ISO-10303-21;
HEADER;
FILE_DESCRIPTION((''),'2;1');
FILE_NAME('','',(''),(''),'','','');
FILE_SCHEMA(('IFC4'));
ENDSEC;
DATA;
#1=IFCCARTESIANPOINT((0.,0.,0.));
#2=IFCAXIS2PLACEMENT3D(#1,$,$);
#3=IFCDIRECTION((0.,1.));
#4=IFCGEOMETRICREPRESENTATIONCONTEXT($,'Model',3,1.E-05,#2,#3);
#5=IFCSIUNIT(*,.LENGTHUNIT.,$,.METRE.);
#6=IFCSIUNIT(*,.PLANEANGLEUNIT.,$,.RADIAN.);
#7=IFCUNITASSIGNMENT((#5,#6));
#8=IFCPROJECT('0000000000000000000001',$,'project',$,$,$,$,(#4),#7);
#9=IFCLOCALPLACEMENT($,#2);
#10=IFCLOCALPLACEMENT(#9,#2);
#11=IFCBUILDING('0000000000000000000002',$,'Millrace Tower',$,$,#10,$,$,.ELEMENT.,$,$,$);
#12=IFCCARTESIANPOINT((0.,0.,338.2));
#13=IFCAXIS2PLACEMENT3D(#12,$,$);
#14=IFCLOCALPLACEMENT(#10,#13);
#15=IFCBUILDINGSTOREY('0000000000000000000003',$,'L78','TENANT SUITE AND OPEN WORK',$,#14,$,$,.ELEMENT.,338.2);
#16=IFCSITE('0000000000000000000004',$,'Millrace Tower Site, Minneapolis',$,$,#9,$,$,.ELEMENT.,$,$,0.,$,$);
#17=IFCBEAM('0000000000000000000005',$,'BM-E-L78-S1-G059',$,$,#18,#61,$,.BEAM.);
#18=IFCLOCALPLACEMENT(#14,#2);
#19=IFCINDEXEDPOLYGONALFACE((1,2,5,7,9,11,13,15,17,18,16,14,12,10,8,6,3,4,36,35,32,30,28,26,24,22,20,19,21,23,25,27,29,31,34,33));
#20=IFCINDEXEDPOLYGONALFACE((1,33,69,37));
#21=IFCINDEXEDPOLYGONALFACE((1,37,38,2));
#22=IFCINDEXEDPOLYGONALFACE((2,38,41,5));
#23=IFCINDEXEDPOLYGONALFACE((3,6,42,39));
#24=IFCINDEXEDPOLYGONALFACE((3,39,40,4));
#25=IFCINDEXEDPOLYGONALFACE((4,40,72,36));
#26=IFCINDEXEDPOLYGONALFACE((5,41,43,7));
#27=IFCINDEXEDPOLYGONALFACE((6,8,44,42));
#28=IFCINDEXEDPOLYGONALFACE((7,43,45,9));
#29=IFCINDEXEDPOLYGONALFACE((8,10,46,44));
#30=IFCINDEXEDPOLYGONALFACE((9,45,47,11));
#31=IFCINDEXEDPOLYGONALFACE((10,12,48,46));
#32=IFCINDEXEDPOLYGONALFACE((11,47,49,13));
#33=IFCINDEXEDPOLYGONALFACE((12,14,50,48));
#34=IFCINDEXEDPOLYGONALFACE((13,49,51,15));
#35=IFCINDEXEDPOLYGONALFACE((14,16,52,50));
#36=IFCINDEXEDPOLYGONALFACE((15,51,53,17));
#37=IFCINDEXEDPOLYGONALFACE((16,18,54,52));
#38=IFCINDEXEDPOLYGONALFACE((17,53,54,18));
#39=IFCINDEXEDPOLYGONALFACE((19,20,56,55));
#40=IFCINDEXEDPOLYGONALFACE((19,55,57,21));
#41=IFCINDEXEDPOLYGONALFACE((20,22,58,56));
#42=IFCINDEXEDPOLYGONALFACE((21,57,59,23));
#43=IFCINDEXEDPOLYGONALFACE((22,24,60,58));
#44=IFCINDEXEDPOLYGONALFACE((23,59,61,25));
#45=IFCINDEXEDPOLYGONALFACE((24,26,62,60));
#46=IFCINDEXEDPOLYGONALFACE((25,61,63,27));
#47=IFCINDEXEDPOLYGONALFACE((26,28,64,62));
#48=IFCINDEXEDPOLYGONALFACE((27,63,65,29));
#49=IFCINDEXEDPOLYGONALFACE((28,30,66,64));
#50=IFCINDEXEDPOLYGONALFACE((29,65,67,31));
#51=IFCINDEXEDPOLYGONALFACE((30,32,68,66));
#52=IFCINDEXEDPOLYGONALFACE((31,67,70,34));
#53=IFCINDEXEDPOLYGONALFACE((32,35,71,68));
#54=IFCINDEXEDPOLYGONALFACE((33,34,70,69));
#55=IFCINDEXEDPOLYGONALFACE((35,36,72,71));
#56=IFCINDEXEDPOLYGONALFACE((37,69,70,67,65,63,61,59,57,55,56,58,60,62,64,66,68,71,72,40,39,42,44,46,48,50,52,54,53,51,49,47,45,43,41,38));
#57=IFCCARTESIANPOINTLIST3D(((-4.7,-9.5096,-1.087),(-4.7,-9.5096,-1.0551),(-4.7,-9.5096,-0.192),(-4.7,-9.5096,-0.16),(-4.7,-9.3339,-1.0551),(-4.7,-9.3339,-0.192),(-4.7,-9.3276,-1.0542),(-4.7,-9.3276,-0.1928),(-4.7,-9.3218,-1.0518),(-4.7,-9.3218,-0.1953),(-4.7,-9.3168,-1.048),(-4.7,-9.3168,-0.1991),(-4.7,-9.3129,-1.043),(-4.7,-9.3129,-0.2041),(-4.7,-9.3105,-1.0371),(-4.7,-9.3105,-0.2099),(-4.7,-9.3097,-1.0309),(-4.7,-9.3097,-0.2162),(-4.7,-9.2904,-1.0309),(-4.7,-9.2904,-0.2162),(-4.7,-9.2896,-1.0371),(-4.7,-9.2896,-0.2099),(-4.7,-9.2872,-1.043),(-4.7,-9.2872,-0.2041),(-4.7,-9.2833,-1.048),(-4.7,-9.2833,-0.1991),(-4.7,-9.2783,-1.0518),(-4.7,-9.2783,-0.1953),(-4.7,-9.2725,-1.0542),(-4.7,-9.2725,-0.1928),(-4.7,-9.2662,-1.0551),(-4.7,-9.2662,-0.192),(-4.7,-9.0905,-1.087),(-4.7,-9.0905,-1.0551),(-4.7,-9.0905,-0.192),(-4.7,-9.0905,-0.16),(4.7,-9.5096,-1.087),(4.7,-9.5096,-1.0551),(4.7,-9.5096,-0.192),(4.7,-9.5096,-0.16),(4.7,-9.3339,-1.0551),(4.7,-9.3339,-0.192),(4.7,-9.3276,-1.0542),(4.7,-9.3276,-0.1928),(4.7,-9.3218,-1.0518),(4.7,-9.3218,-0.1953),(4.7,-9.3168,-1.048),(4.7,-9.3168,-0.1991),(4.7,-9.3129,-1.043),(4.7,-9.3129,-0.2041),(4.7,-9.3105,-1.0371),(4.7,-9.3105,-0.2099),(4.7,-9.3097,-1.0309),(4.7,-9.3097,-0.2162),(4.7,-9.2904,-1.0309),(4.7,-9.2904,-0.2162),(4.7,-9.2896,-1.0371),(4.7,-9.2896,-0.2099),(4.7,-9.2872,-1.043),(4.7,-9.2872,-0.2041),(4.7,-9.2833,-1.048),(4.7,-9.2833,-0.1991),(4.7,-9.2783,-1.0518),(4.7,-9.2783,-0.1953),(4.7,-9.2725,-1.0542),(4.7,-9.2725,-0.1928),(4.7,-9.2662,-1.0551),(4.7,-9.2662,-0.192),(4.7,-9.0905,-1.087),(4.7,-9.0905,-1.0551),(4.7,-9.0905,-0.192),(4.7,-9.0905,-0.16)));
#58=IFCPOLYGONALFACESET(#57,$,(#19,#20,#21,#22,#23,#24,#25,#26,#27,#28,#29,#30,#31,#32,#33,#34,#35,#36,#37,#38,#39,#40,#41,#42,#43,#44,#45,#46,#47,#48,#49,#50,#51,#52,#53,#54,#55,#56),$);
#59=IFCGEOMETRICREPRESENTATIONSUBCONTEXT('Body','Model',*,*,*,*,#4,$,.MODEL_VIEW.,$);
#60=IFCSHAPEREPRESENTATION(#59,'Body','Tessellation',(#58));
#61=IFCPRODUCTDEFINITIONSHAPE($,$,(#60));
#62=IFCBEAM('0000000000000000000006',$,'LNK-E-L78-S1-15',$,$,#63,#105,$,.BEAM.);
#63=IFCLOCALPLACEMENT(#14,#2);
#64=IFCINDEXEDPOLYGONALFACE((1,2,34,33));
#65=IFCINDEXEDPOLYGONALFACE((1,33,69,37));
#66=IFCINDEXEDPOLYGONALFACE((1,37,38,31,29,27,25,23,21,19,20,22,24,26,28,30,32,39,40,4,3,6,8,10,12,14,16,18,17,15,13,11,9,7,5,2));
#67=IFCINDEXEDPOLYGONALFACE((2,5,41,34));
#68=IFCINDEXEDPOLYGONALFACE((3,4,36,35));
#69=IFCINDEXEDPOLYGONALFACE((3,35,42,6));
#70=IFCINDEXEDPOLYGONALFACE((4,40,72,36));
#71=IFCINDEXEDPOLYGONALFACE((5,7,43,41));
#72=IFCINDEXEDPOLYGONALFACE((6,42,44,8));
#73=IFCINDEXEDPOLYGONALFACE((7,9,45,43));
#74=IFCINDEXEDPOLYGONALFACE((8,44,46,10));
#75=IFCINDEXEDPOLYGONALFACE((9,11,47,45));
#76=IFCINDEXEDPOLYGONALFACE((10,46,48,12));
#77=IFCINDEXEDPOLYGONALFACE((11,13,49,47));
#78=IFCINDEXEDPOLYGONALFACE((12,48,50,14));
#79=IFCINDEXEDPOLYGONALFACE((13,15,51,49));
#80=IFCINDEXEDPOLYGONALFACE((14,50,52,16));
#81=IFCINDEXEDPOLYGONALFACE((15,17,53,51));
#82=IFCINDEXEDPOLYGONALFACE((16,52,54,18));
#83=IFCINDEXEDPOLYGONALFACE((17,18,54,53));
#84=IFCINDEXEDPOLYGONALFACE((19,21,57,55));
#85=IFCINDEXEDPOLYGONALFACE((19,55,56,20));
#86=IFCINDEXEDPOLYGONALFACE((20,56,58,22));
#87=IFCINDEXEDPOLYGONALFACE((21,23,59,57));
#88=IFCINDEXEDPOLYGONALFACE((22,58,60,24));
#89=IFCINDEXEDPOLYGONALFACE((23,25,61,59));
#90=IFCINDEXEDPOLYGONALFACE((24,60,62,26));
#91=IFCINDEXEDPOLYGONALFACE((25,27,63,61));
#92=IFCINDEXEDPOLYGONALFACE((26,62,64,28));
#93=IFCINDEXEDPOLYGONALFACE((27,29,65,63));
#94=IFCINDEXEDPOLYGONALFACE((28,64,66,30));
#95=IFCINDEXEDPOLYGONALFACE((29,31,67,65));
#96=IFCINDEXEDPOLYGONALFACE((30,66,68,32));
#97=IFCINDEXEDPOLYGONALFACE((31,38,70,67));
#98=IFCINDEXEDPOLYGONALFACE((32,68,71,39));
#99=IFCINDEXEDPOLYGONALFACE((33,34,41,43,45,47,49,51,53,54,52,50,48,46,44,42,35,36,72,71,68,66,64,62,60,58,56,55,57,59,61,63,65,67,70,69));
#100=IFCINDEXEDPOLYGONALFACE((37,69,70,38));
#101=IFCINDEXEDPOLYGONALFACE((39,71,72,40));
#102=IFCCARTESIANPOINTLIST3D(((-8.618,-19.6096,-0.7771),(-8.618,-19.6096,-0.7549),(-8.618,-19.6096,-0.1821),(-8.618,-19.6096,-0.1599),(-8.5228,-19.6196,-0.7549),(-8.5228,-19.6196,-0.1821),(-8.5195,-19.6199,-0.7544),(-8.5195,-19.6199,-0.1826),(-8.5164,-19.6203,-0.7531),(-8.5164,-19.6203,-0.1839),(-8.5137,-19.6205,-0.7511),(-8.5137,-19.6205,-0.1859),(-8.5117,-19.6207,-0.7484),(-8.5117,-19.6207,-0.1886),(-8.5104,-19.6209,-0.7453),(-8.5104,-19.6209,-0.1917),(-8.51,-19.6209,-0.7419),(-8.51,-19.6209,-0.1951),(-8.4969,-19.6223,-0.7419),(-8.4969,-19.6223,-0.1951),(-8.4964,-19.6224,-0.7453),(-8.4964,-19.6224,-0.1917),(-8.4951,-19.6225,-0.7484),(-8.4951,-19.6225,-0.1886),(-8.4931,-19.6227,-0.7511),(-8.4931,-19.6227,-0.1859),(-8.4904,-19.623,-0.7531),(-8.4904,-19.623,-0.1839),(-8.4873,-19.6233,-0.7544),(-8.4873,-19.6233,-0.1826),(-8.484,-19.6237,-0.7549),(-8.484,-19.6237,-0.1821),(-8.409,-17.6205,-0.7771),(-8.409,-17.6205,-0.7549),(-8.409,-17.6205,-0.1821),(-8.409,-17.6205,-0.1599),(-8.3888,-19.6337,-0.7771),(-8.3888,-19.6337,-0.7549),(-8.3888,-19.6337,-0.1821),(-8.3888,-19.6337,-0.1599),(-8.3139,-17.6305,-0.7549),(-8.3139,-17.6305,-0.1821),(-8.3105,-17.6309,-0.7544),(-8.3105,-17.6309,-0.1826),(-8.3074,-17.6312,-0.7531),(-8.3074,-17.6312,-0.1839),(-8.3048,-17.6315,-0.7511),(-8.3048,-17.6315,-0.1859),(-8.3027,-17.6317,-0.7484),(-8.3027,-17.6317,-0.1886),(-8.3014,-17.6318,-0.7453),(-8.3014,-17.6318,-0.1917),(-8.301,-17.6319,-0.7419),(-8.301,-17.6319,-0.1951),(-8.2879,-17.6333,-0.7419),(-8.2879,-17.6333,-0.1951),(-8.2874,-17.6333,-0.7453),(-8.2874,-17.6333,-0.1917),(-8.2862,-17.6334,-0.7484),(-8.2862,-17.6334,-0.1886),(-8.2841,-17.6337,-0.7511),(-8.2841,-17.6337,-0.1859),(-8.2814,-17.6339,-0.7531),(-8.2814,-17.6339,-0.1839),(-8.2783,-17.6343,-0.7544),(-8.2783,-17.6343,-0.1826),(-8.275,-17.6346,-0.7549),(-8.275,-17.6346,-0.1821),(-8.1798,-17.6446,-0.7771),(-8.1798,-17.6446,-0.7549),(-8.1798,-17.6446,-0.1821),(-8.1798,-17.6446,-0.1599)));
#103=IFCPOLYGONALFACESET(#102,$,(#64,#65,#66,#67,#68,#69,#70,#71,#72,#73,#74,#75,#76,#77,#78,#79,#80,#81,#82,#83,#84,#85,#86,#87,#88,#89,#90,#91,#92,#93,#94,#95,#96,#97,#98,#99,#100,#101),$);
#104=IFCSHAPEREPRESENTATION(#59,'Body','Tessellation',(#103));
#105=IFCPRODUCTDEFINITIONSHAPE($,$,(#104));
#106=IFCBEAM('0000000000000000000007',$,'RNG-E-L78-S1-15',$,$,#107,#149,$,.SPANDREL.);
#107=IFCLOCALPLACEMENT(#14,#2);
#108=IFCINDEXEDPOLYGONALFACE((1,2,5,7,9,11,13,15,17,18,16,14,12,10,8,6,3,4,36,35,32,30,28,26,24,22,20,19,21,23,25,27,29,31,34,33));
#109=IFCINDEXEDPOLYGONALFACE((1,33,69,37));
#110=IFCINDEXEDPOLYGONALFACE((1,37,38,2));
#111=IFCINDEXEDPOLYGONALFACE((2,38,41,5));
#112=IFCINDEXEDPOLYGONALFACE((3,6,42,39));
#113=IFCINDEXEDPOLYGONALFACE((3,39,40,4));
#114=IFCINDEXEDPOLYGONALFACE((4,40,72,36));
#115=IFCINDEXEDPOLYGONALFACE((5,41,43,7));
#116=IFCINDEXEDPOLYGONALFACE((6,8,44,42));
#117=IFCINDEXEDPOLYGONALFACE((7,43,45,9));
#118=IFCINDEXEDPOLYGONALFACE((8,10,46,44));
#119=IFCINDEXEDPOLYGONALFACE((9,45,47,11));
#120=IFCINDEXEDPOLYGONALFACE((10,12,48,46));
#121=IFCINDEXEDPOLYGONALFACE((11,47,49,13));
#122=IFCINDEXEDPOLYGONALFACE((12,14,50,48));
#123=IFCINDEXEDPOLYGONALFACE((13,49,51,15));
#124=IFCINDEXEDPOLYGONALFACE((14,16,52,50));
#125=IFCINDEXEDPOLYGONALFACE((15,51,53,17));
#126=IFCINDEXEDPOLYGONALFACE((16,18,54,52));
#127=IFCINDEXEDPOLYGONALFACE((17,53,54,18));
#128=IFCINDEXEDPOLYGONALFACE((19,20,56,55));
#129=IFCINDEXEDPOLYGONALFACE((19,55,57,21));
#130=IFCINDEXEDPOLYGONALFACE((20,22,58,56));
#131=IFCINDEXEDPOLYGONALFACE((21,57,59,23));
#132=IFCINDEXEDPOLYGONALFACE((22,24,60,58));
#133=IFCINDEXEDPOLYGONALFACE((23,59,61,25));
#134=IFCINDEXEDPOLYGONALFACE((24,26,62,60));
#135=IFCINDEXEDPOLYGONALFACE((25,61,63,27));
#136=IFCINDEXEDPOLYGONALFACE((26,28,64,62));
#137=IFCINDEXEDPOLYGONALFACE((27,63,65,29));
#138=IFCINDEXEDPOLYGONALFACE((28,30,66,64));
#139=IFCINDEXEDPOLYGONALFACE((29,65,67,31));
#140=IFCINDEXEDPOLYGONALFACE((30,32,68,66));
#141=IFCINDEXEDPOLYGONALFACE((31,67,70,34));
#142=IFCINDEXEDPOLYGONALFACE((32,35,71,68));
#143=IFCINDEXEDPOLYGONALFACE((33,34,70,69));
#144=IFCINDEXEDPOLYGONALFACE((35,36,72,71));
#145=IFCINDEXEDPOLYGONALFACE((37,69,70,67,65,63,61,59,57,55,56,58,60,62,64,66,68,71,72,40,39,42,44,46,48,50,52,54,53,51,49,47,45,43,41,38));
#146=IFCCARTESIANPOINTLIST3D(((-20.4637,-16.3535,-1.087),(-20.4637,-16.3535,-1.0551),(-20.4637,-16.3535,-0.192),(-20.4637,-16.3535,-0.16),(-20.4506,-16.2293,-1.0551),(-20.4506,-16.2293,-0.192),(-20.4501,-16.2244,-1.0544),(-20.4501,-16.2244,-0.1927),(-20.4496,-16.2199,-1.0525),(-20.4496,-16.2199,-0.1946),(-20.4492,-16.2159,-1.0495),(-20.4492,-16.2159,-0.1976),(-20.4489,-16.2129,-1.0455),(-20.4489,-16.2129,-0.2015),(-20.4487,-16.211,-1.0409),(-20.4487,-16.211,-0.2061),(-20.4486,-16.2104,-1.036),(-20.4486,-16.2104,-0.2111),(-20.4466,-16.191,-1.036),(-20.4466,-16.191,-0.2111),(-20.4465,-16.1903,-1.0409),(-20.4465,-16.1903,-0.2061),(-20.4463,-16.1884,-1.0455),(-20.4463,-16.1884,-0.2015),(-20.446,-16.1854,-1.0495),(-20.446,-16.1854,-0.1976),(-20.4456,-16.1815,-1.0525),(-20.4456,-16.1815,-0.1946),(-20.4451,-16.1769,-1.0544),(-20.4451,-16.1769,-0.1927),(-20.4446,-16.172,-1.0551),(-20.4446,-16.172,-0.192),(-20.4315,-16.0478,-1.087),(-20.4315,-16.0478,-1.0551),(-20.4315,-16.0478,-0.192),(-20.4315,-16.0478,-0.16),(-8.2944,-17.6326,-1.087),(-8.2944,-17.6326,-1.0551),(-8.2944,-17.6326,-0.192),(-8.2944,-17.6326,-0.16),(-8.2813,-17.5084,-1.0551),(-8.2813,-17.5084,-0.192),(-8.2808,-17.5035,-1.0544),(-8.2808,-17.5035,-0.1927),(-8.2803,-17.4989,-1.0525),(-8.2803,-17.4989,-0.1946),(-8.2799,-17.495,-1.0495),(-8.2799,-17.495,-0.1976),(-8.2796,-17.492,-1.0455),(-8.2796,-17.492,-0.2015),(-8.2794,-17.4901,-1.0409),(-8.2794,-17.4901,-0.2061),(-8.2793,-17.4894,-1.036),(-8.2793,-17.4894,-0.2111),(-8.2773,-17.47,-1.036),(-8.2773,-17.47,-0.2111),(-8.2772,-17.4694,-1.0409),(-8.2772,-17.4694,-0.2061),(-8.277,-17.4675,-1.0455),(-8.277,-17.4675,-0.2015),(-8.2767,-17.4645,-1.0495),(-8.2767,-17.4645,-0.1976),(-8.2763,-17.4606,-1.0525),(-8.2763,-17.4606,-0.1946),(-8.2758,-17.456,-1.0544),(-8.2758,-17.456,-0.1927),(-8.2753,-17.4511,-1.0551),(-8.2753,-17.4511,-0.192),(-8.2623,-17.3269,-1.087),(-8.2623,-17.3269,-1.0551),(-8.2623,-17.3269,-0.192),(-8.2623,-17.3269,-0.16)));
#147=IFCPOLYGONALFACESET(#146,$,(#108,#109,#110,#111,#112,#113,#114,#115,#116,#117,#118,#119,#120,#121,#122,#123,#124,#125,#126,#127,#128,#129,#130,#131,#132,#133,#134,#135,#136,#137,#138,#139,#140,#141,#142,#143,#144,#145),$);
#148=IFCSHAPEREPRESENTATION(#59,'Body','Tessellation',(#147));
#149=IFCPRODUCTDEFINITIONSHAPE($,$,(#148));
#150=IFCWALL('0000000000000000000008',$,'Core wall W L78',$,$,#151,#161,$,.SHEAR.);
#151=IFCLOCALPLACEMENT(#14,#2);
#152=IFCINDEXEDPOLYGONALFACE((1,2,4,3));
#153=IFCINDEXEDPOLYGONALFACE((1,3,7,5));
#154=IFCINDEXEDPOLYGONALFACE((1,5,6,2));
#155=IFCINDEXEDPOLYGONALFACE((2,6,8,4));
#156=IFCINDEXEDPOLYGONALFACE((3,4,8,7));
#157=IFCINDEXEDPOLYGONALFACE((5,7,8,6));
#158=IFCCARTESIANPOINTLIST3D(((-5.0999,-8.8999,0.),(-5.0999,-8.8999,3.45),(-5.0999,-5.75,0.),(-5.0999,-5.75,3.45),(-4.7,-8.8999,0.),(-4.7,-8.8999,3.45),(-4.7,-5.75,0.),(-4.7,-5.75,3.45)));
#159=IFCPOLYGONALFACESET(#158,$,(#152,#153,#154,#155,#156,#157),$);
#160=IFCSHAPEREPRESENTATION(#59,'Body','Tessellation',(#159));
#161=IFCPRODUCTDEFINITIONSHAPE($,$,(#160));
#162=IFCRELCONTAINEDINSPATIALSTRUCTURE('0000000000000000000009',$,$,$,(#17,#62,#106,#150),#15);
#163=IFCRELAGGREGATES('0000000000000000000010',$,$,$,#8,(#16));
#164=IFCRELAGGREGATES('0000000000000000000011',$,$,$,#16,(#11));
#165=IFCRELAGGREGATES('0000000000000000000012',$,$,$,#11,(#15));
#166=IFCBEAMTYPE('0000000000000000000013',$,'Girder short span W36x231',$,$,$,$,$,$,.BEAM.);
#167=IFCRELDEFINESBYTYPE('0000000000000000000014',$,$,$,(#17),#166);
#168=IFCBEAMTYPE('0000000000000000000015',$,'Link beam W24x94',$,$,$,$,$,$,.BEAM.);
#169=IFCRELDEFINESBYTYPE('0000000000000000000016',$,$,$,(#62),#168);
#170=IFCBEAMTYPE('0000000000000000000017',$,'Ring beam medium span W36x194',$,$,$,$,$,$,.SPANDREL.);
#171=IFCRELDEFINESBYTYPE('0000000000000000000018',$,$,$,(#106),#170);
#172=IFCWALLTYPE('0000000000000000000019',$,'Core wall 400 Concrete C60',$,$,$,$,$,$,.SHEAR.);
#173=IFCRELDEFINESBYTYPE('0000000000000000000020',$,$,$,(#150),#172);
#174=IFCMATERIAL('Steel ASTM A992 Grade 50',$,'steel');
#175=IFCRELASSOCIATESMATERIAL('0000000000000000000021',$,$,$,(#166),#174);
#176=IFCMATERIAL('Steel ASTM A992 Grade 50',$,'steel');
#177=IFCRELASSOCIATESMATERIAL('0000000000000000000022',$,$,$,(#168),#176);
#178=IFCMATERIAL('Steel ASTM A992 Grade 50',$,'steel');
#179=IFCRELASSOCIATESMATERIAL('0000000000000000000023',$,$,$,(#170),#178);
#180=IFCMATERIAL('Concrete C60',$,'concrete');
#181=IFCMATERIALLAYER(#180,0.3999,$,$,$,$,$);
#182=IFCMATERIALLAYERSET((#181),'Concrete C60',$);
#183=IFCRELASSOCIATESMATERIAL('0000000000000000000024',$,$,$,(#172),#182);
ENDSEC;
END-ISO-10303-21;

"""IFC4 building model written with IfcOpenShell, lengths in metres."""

from ifc_helpers import new_model, si_unit, direction, frame, frame_2d, origin, origin_2d, place, context, subcontext, project, spatial, rectangle, i_section, extrude, material, layer, layer_set, material_profile, profile_set, type_object, element, save


model = new_model("IFC4")

# Units and contexts
model_context = context("Model", 3, precision=1e-05, world=origin(), true_north=direction((0.0, 1.0)))
body_context = subcontext(model_context, "Body", "Model", "MODEL_VIEW")
ifc_project = project(units=[si_unit("LENGTHUNIT", "METRE"), si_unit("PLANEANGLEUNIT", "RADIAN")], contexts=[model_context])

# Site, building, storey
site_placement = place(None, origin())
site = spatial("IfcSite", under=ifc_project, at=site_placement, Name="Millrace Tower Site, Minneapolis", CompositionType="ELEMENT", RefElevation=0.0)
building_placement = place(site_placement, origin())
building = spatial("IfcBuilding", under=site, at=building_placement, Name="Millrace Tower", CompositionType="ELEMENT")
storey_placement = place(building_placement, frame((0.0, 0.0, 338.2)))
storey = spatial("IfcBuildingStorey", under=building, at=storey_placement, Name="L78", Description="TENANT SUITE AND OPEN WORK", CompositionType="ELEMENT", Elevation=338.2)

# Beams
ifc_material_1 = material(Name="Steel ASTM A992 Grade 50", Category="steel")
ifc_material_profile_1 = material_profile(ifc_material_1, i_section(OverallWidth=0.4192, OverallDepth=0.927, WebThickness=0.0193, FlangeThickness=0.032, FilletRadius=0.0242, at=origin_2d()))
ifc_profile_set_1 = profile_set([ifc_material_profile_1], Name="Steel ASTM A992 Grade 50")
beam_type_1 = type_object("IfcBeamType", Name="Girder short span W36x231", PredefinedType="BEAM", material=ifc_profile_set_1)
beam_1_placement = place(storey_placement, frame((-4.7, -9.3, -0.6235), z_axis=(1.0, 0.0, 0.0), x_axis=(0.0, 1.0, 0.0)))
element("IfcBeam", 1, at=beam_1_placement, inside=storey, type_object=beam_type_1, Name="BM-E-L78-S1-G059", PredefinedType="BEAM", context=body_context, shape_type="SweptSolid", body=[
    extrude(i_section(OverallWidth=0.4192, OverallDepth=0.927, WebThickness=0.0193, FlangeThickness=0.032, FilletRadius=0.0242, at=origin_2d()), origin(), (0.0, 0.0, 1.0), 9.3999),
])
ifc_material_2 = material(Name="Steel ASTM A992 Grade 50", Category="steel")
ifc_material_profile_2 = material_profile(ifc_material_2, i_section(OverallWidth=0.2305, OverallDepth=0.6172, WebThickness=0.0132, FlangeThickness=0.0222, FilletRadius=0.0129, at=origin_2d()))
ifc_profile_set_2 = profile_set([ifc_material_profile_2], Name="Steel ASTM A992 Grade 50")
beam_type_2 = type_object("IfcBeamType", Name="Link beam W24x94", PredefinedType="BEAM", material=ifc_profile_set_2)
beam_2_placement = place(storey_placement, frame((-8.2944, -17.6326, -0.4685), z_axis=(-0.104494, -0.994526, 0.0), x_axis=(0.994526, -0.104494, 0.0)))
element("IfcBeam", 2, at=beam_2_placement, inside=storey, type_object=beam_type_2, Name="LNK-E-L78-S1-15", PredefinedType="BEAM", context=body_context, shape_type="SweptSolid", body=[
    extrude(i_section(OverallWidth=0.2305, OverallDepth=0.6172, WebThickness=0.0132, FlangeThickness=0.0222, FilletRadius=0.0129, at=origin_2d()), origin(), (0.0, 0.0, 1.0), 2.0),
])
ifc_material_3 = material(Name="Steel ASTM A992 Grade 50", Category="steel")
ifc_material_profile_3 = material_profile(ifc_material_3, i_section(OverallWidth=0.3074, OverallDepth=0.927, WebThickness=0.0195, FlangeThickness=0.032, FilletRadius=0.019, at=origin_2d()))
ifc_profile_set_3 = profile_set([ifc_material_profile_3], Name="Steel ASTM A992 Grade 50")
beam_type_3 = type_object("IfcBeamType", Name="Ring beam medium span W36x194", PredefinedType="SPANDREL", material=ifc_profile_set_3)
beam_3_placement = place(storey_placement, frame((-8.2783, -17.4797, -0.6235), z_axis=(-0.994522, 0.10453, 0.0), x_axis=(-0.10453, -0.994522, 0.0)))
element("IfcBeam", 3, at=beam_3_placement, inside=storey, type_object=beam_type_3, Name="RNG-E-L78-S1-15", PredefinedType="SPANDREL", context=body_context, shape_type="SweptSolid", body=[
    extrude(i_section(OverallWidth=0.3074, OverallDepth=0.927, WebThickness=0.0195, FlangeThickness=0.032, FilletRadius=0.019, at=origin_2d()), origin(), (0.0, 0.0, 1.0), 12.2363),
])

# Wall
ifc_material_4 = material(Name="Concrete C60", Category="concrete")
ifc_layer_1 = layer(ifc_material_4, 0.3999)
ifc_layer_set_1 = layer_set([ifc_layer_1], Name="Concrete C60")
wall_type_1 = type_object("IfcWallType", Name="Core wall 400 Concrete C60", PredefinedType="SHEAR", material=ifc_layer_set_1)
wall_1_placement = place(storey_placement, frame((-4.8999, -8.8999, 0.0), z_axis=(0.0, 0.0, 1.0), x_axis=(0.0, 1.0, 0.0)))
element("IfcWall", 4, at=wall_1_placement, inside=storey, type_object=wall_type_1, Name="Core wall W L78", PredefinedType="SHEAR", context=body_context, shape_type="SweptSolid", body=[
    extrude(rectangle(XDim=3.1499, YDim=0.3999, at=frame_2d((1.575, 0.0))), origin(), (0.0, 0.0, 1.0), 3.45),
])

save(model, "model.ifc")
